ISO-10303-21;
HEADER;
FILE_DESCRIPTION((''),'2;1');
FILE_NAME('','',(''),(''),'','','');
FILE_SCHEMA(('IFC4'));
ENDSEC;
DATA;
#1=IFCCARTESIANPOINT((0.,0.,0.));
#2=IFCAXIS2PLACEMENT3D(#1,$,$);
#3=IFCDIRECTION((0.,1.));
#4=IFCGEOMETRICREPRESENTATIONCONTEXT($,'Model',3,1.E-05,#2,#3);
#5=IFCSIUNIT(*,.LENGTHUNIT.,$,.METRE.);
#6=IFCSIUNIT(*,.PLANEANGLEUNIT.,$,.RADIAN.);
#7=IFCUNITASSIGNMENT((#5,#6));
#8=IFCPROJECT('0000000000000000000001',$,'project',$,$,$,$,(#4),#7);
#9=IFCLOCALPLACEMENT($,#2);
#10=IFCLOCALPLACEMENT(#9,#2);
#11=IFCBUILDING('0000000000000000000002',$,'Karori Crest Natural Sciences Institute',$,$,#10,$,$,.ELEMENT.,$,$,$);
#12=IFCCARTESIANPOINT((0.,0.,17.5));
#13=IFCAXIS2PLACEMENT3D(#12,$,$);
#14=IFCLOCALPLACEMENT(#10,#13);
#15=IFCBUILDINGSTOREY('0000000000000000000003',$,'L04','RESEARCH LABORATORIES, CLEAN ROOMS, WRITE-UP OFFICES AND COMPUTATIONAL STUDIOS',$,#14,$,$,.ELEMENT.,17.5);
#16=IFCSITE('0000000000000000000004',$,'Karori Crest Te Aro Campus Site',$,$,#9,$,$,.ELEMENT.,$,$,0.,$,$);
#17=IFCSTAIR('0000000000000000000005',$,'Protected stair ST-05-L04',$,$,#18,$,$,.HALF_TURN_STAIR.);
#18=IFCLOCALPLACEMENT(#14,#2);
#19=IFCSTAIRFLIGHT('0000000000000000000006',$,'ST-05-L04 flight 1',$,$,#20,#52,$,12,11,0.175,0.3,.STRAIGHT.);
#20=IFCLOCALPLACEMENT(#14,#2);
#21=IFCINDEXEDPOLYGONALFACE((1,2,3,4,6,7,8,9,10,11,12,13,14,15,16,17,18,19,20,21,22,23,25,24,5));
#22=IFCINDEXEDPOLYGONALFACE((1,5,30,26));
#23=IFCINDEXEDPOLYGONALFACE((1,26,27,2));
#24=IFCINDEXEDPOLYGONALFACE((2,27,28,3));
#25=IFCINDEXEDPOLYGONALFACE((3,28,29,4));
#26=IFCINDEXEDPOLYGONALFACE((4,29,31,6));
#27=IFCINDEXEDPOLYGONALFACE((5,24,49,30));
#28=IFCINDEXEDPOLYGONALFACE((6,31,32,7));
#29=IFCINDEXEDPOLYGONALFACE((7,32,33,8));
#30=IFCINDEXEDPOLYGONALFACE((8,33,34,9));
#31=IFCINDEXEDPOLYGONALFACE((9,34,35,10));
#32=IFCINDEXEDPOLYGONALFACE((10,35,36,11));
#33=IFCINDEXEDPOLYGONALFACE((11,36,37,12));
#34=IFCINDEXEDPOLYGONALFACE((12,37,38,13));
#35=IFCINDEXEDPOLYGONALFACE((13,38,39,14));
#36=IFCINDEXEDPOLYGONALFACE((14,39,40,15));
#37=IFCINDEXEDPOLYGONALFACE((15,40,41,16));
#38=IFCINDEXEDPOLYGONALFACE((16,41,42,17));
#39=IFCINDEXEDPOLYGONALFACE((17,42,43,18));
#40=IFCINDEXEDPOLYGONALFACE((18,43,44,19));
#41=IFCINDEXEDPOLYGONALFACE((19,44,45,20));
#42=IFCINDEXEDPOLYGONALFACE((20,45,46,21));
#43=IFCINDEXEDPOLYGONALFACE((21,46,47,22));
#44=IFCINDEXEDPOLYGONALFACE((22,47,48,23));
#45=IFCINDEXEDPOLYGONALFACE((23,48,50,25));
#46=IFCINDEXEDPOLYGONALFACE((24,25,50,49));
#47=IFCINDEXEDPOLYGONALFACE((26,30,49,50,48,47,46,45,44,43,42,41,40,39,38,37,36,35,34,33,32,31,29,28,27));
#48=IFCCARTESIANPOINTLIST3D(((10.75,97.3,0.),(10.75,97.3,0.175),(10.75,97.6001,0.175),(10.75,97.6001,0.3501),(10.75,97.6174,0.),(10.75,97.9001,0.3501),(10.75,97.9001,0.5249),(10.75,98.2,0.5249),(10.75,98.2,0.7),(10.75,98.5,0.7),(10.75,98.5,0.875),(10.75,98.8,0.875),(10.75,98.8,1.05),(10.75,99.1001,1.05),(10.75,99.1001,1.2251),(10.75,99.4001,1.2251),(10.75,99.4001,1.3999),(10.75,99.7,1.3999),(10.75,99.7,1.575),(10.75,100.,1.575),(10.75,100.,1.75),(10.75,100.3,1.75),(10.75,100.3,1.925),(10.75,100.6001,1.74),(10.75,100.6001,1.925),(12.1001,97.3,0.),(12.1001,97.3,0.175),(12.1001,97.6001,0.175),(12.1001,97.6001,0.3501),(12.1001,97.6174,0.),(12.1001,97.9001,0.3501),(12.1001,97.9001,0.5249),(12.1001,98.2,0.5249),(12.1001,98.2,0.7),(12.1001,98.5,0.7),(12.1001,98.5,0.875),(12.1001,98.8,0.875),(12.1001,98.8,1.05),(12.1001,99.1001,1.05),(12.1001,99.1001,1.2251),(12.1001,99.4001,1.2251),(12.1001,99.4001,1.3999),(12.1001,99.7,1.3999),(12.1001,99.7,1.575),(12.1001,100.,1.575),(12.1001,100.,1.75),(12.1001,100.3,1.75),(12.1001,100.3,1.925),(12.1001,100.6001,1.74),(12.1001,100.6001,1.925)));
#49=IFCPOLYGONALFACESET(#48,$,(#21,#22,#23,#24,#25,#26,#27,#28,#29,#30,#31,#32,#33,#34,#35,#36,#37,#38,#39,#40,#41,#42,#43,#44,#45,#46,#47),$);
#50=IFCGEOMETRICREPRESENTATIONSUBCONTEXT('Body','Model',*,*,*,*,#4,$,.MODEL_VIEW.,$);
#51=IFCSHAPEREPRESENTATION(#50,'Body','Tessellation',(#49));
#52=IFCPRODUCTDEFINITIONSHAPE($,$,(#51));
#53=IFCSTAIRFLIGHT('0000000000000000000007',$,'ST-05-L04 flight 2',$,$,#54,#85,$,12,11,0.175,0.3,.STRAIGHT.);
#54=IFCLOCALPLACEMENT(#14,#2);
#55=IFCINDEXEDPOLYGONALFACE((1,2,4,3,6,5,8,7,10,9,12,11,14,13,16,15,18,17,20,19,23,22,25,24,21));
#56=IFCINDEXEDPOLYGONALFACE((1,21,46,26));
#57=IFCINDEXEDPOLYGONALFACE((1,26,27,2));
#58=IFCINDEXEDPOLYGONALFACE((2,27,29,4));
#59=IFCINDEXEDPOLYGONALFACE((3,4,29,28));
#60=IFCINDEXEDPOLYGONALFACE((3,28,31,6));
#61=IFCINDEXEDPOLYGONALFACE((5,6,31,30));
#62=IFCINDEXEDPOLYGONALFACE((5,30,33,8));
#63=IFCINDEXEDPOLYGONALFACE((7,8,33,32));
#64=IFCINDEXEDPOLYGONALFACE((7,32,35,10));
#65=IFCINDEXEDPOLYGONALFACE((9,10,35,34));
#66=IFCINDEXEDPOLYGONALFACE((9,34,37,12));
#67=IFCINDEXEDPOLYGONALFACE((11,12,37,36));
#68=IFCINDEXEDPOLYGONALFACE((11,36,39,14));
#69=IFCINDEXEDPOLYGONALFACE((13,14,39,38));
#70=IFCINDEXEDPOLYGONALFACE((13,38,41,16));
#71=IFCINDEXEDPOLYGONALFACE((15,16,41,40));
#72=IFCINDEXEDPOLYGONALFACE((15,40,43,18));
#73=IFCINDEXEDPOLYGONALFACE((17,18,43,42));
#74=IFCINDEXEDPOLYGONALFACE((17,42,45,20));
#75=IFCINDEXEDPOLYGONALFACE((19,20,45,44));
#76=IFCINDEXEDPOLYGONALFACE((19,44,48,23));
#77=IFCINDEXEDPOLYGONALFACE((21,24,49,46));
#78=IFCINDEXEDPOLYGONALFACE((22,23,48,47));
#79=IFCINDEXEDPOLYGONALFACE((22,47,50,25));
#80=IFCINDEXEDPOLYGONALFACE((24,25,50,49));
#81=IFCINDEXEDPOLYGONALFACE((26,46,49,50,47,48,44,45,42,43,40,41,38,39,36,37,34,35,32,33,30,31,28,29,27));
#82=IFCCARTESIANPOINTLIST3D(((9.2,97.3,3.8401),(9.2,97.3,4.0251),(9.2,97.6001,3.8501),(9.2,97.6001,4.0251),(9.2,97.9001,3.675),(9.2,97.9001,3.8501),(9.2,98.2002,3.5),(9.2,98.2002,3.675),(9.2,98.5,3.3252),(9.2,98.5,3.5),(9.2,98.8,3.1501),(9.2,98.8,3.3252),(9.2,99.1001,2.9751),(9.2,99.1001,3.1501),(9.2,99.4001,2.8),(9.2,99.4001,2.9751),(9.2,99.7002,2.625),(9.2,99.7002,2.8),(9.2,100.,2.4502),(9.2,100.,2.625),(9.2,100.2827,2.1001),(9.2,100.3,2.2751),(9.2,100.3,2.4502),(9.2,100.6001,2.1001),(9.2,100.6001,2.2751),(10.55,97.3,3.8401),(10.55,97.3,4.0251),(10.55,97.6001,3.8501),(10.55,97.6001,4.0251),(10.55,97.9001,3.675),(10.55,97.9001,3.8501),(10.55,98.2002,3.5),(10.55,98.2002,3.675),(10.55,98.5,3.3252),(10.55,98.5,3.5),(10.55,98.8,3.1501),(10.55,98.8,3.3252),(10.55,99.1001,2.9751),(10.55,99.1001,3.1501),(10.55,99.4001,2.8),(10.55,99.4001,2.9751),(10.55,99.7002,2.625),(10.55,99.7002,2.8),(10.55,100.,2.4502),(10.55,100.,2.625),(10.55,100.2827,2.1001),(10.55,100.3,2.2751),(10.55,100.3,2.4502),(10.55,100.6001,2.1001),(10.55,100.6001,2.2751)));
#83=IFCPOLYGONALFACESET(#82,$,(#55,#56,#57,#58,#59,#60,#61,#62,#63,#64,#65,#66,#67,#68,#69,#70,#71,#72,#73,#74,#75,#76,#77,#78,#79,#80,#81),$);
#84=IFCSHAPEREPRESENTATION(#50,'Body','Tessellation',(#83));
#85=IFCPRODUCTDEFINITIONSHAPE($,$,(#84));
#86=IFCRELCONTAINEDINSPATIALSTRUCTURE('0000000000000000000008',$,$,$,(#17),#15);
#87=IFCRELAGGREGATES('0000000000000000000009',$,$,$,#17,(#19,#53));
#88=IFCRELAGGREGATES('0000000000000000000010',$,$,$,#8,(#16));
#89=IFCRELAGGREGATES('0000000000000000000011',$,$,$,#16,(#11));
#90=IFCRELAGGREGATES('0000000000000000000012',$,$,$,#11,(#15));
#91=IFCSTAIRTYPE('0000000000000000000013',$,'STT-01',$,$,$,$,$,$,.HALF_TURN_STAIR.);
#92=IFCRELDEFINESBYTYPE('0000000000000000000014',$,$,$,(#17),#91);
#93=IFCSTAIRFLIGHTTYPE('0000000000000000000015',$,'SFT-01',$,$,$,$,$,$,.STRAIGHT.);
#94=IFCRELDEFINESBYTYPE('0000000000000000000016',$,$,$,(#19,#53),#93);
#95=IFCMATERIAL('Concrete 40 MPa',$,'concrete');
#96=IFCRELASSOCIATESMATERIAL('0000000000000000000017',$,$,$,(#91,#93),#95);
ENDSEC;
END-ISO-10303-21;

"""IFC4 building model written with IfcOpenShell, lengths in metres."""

from ifc_helpers import new_model, si_unit, direction, frame, origin, place, context, subcontext, project, spatial, polyline, outline, extrude, material, type_object, element, aggregate, save


model = new_model("IFC4")

# Units and contexts
model_context = context("Model", 3, precision=1e-05, world=origin(), true_north=direction((0.0, 1.0)))
body_context = subcontext(model_context, "Body", "Model", "MODEL_VIEW")
ifc_project = project(units=[si_unit("LENGTHUNIT", "METRE"), si_unit("PLANEANGLEUNIT", "RADIAN")], contexts=[model_context])

# Site, building, storey
site_placement = place(None, origin())
site = spatial("IfcSite", under=ifc_project, at=site_placement, Name="Karori Crest Te Aro Campus Site", CompositionType="ELEMENT", RefElevation=0.0)
building_placement = place(site_placement, origin())
building = spatial("IfcBuilding", under=site, at=building_placement, Name="Karori Crest Natural Sciences Institute", CompositionType="ELEMENT")
storey_placement = place(building_placement, frame((0.0, 0.0, 17.5)))
storey = spatial("IfcBuildingStorey", under=building, at=storey_placement, Name="L04", Description="RESEARCH LABORATORIES, CLEAN ROOMS, WRITE-UP OFFICES AND COMPUTATIONAL STUDIOS", CompositionType="ELEMENT", Elevation=17.5)

# Stair, stair flights
ifc_material_1 = material(Name="Concrete 40 MPa", Category="concrete")
stair_type = type_object("IfcStairType", Name="STT-01", PredefinedType="HALF_TURN_STAIR", material=ifc_material_1)
stair_placement = place(storey_placement, origin())
stair = element("IfcStair", 1, at=stair_placement, inside=storey, type_object=stair_type, Name="Protected stair ST-05-L04", PredefinedType="HALF_TURN_STAIR")
stair_flight_type = type_object("IfcStairFlightType", Name="SFT-01", PredefinedType="STRAIGHT", material=ifc_material_1)
stair_flight_1_placement = place(storey_placement, frame((11.425, 97.3, 0.0), z_axis=(0.0, 0.0, 1.0), x_axis=(0.0, 1.0, 0.0)))
stair_flight_1 = element("IfcStairFlight", 2, at=stair_flight_1_placement, type_object=stair_flight_type, Name="ST-05-L04 flight 1", NumberOfRisers=12, NumberOfTreads=11, PredefinedType="STRAIGHT", RiserHeight=0.175, TreadLength=0.3, context=body_context, shape_type="SweptSolid", body=[
    extrude(outline(polyline([(0.0, 0.0), (0.0, 0.175), (0.3, 0.175), (0.3, 0.3501), (0.6001, 0.3501), (0.6001, 0.5249), (0.8999, 0.5249), (0.8999, 0.7), (1.2, 0.7), (1.2, 0.875), (1.5, 0.875), (1.5, 1.05), (1.8, 1.05), (1.8, 1.2251), (2.1001, 1.2251), (2.1001, 1.3999), (2.3999, 1.3999), (2.3999, 1.575), (2.7, 1.575), (2.7, 1.75), (3.0, 1.75), (3.0, 1.925), (3.3, 1.925), (3.3, 2.1001), (3.3, 1.74), (0.3174, 0.0), (0.0, 0.0)])), frame((0.0, 0.675, 0.0), z_axis=(0.0, -1.0, 0.0), x_axis=(1.0, 0.0, 0.0)), (0.0, 0.0, 1.0), 1.3501),
])
stair_flight_2_placement = place(storey_placement, frame((9.875, 100.6001, 2.1001), z_axis=(0.0, 0.0, 1.0), x_axis=(0.0, -1.0, 0.0)))
stair_flight_2 = element("IfcStairFlight", 3, at=stair_flight_2_placement, type_object=stair_flight_type, Name="ST-05-L04 flight 2", NumberOfRisers=12, NumberOfTreads=11, PredefinedType="STRAIGHT", RiserHeight=0.175, TreadLength=0.3, context=body_context, shape_type="SweptSolid", body=[
    extrude(outline(polyline([(0.0, 0.0), (0.0, 0.175), (0.3, 0.175), (0.3, 0.3501), (0.6001, 0.3501), (0.6001, 0.5249), (0.8999, 0.5249), (0.8999, 0.7), (1.2, 0.7), (1.2, 0.875), (1.5, 0.875), (1.5, 1.05), (1.8, 1.05), (1.8, 1.2251), (2.1001, 1.2251), (2.1001, 1.3999), (2.3999, 1.3999), (2.3999, 1.575), (2.7, 1.575), (2.7, 1.75), (3.0, 1.75), (3.0, 1.925), (3.3, 1.925), (3.3, 2.1001), (3.3, 1.74), (0.3174, 0.0), (0.0, 0.0)])), frame((0.0, 0.675, 0.0), z_axis=(0.0, -1.0, 0.0), x_axis=(1.0, 0.0, 0.0)), (0.0, 0.0, 1.0), 1.3501),
])
aggregate(stair, [stair_flight_1, stair_flight_2])

save(model, "model.ifc")
